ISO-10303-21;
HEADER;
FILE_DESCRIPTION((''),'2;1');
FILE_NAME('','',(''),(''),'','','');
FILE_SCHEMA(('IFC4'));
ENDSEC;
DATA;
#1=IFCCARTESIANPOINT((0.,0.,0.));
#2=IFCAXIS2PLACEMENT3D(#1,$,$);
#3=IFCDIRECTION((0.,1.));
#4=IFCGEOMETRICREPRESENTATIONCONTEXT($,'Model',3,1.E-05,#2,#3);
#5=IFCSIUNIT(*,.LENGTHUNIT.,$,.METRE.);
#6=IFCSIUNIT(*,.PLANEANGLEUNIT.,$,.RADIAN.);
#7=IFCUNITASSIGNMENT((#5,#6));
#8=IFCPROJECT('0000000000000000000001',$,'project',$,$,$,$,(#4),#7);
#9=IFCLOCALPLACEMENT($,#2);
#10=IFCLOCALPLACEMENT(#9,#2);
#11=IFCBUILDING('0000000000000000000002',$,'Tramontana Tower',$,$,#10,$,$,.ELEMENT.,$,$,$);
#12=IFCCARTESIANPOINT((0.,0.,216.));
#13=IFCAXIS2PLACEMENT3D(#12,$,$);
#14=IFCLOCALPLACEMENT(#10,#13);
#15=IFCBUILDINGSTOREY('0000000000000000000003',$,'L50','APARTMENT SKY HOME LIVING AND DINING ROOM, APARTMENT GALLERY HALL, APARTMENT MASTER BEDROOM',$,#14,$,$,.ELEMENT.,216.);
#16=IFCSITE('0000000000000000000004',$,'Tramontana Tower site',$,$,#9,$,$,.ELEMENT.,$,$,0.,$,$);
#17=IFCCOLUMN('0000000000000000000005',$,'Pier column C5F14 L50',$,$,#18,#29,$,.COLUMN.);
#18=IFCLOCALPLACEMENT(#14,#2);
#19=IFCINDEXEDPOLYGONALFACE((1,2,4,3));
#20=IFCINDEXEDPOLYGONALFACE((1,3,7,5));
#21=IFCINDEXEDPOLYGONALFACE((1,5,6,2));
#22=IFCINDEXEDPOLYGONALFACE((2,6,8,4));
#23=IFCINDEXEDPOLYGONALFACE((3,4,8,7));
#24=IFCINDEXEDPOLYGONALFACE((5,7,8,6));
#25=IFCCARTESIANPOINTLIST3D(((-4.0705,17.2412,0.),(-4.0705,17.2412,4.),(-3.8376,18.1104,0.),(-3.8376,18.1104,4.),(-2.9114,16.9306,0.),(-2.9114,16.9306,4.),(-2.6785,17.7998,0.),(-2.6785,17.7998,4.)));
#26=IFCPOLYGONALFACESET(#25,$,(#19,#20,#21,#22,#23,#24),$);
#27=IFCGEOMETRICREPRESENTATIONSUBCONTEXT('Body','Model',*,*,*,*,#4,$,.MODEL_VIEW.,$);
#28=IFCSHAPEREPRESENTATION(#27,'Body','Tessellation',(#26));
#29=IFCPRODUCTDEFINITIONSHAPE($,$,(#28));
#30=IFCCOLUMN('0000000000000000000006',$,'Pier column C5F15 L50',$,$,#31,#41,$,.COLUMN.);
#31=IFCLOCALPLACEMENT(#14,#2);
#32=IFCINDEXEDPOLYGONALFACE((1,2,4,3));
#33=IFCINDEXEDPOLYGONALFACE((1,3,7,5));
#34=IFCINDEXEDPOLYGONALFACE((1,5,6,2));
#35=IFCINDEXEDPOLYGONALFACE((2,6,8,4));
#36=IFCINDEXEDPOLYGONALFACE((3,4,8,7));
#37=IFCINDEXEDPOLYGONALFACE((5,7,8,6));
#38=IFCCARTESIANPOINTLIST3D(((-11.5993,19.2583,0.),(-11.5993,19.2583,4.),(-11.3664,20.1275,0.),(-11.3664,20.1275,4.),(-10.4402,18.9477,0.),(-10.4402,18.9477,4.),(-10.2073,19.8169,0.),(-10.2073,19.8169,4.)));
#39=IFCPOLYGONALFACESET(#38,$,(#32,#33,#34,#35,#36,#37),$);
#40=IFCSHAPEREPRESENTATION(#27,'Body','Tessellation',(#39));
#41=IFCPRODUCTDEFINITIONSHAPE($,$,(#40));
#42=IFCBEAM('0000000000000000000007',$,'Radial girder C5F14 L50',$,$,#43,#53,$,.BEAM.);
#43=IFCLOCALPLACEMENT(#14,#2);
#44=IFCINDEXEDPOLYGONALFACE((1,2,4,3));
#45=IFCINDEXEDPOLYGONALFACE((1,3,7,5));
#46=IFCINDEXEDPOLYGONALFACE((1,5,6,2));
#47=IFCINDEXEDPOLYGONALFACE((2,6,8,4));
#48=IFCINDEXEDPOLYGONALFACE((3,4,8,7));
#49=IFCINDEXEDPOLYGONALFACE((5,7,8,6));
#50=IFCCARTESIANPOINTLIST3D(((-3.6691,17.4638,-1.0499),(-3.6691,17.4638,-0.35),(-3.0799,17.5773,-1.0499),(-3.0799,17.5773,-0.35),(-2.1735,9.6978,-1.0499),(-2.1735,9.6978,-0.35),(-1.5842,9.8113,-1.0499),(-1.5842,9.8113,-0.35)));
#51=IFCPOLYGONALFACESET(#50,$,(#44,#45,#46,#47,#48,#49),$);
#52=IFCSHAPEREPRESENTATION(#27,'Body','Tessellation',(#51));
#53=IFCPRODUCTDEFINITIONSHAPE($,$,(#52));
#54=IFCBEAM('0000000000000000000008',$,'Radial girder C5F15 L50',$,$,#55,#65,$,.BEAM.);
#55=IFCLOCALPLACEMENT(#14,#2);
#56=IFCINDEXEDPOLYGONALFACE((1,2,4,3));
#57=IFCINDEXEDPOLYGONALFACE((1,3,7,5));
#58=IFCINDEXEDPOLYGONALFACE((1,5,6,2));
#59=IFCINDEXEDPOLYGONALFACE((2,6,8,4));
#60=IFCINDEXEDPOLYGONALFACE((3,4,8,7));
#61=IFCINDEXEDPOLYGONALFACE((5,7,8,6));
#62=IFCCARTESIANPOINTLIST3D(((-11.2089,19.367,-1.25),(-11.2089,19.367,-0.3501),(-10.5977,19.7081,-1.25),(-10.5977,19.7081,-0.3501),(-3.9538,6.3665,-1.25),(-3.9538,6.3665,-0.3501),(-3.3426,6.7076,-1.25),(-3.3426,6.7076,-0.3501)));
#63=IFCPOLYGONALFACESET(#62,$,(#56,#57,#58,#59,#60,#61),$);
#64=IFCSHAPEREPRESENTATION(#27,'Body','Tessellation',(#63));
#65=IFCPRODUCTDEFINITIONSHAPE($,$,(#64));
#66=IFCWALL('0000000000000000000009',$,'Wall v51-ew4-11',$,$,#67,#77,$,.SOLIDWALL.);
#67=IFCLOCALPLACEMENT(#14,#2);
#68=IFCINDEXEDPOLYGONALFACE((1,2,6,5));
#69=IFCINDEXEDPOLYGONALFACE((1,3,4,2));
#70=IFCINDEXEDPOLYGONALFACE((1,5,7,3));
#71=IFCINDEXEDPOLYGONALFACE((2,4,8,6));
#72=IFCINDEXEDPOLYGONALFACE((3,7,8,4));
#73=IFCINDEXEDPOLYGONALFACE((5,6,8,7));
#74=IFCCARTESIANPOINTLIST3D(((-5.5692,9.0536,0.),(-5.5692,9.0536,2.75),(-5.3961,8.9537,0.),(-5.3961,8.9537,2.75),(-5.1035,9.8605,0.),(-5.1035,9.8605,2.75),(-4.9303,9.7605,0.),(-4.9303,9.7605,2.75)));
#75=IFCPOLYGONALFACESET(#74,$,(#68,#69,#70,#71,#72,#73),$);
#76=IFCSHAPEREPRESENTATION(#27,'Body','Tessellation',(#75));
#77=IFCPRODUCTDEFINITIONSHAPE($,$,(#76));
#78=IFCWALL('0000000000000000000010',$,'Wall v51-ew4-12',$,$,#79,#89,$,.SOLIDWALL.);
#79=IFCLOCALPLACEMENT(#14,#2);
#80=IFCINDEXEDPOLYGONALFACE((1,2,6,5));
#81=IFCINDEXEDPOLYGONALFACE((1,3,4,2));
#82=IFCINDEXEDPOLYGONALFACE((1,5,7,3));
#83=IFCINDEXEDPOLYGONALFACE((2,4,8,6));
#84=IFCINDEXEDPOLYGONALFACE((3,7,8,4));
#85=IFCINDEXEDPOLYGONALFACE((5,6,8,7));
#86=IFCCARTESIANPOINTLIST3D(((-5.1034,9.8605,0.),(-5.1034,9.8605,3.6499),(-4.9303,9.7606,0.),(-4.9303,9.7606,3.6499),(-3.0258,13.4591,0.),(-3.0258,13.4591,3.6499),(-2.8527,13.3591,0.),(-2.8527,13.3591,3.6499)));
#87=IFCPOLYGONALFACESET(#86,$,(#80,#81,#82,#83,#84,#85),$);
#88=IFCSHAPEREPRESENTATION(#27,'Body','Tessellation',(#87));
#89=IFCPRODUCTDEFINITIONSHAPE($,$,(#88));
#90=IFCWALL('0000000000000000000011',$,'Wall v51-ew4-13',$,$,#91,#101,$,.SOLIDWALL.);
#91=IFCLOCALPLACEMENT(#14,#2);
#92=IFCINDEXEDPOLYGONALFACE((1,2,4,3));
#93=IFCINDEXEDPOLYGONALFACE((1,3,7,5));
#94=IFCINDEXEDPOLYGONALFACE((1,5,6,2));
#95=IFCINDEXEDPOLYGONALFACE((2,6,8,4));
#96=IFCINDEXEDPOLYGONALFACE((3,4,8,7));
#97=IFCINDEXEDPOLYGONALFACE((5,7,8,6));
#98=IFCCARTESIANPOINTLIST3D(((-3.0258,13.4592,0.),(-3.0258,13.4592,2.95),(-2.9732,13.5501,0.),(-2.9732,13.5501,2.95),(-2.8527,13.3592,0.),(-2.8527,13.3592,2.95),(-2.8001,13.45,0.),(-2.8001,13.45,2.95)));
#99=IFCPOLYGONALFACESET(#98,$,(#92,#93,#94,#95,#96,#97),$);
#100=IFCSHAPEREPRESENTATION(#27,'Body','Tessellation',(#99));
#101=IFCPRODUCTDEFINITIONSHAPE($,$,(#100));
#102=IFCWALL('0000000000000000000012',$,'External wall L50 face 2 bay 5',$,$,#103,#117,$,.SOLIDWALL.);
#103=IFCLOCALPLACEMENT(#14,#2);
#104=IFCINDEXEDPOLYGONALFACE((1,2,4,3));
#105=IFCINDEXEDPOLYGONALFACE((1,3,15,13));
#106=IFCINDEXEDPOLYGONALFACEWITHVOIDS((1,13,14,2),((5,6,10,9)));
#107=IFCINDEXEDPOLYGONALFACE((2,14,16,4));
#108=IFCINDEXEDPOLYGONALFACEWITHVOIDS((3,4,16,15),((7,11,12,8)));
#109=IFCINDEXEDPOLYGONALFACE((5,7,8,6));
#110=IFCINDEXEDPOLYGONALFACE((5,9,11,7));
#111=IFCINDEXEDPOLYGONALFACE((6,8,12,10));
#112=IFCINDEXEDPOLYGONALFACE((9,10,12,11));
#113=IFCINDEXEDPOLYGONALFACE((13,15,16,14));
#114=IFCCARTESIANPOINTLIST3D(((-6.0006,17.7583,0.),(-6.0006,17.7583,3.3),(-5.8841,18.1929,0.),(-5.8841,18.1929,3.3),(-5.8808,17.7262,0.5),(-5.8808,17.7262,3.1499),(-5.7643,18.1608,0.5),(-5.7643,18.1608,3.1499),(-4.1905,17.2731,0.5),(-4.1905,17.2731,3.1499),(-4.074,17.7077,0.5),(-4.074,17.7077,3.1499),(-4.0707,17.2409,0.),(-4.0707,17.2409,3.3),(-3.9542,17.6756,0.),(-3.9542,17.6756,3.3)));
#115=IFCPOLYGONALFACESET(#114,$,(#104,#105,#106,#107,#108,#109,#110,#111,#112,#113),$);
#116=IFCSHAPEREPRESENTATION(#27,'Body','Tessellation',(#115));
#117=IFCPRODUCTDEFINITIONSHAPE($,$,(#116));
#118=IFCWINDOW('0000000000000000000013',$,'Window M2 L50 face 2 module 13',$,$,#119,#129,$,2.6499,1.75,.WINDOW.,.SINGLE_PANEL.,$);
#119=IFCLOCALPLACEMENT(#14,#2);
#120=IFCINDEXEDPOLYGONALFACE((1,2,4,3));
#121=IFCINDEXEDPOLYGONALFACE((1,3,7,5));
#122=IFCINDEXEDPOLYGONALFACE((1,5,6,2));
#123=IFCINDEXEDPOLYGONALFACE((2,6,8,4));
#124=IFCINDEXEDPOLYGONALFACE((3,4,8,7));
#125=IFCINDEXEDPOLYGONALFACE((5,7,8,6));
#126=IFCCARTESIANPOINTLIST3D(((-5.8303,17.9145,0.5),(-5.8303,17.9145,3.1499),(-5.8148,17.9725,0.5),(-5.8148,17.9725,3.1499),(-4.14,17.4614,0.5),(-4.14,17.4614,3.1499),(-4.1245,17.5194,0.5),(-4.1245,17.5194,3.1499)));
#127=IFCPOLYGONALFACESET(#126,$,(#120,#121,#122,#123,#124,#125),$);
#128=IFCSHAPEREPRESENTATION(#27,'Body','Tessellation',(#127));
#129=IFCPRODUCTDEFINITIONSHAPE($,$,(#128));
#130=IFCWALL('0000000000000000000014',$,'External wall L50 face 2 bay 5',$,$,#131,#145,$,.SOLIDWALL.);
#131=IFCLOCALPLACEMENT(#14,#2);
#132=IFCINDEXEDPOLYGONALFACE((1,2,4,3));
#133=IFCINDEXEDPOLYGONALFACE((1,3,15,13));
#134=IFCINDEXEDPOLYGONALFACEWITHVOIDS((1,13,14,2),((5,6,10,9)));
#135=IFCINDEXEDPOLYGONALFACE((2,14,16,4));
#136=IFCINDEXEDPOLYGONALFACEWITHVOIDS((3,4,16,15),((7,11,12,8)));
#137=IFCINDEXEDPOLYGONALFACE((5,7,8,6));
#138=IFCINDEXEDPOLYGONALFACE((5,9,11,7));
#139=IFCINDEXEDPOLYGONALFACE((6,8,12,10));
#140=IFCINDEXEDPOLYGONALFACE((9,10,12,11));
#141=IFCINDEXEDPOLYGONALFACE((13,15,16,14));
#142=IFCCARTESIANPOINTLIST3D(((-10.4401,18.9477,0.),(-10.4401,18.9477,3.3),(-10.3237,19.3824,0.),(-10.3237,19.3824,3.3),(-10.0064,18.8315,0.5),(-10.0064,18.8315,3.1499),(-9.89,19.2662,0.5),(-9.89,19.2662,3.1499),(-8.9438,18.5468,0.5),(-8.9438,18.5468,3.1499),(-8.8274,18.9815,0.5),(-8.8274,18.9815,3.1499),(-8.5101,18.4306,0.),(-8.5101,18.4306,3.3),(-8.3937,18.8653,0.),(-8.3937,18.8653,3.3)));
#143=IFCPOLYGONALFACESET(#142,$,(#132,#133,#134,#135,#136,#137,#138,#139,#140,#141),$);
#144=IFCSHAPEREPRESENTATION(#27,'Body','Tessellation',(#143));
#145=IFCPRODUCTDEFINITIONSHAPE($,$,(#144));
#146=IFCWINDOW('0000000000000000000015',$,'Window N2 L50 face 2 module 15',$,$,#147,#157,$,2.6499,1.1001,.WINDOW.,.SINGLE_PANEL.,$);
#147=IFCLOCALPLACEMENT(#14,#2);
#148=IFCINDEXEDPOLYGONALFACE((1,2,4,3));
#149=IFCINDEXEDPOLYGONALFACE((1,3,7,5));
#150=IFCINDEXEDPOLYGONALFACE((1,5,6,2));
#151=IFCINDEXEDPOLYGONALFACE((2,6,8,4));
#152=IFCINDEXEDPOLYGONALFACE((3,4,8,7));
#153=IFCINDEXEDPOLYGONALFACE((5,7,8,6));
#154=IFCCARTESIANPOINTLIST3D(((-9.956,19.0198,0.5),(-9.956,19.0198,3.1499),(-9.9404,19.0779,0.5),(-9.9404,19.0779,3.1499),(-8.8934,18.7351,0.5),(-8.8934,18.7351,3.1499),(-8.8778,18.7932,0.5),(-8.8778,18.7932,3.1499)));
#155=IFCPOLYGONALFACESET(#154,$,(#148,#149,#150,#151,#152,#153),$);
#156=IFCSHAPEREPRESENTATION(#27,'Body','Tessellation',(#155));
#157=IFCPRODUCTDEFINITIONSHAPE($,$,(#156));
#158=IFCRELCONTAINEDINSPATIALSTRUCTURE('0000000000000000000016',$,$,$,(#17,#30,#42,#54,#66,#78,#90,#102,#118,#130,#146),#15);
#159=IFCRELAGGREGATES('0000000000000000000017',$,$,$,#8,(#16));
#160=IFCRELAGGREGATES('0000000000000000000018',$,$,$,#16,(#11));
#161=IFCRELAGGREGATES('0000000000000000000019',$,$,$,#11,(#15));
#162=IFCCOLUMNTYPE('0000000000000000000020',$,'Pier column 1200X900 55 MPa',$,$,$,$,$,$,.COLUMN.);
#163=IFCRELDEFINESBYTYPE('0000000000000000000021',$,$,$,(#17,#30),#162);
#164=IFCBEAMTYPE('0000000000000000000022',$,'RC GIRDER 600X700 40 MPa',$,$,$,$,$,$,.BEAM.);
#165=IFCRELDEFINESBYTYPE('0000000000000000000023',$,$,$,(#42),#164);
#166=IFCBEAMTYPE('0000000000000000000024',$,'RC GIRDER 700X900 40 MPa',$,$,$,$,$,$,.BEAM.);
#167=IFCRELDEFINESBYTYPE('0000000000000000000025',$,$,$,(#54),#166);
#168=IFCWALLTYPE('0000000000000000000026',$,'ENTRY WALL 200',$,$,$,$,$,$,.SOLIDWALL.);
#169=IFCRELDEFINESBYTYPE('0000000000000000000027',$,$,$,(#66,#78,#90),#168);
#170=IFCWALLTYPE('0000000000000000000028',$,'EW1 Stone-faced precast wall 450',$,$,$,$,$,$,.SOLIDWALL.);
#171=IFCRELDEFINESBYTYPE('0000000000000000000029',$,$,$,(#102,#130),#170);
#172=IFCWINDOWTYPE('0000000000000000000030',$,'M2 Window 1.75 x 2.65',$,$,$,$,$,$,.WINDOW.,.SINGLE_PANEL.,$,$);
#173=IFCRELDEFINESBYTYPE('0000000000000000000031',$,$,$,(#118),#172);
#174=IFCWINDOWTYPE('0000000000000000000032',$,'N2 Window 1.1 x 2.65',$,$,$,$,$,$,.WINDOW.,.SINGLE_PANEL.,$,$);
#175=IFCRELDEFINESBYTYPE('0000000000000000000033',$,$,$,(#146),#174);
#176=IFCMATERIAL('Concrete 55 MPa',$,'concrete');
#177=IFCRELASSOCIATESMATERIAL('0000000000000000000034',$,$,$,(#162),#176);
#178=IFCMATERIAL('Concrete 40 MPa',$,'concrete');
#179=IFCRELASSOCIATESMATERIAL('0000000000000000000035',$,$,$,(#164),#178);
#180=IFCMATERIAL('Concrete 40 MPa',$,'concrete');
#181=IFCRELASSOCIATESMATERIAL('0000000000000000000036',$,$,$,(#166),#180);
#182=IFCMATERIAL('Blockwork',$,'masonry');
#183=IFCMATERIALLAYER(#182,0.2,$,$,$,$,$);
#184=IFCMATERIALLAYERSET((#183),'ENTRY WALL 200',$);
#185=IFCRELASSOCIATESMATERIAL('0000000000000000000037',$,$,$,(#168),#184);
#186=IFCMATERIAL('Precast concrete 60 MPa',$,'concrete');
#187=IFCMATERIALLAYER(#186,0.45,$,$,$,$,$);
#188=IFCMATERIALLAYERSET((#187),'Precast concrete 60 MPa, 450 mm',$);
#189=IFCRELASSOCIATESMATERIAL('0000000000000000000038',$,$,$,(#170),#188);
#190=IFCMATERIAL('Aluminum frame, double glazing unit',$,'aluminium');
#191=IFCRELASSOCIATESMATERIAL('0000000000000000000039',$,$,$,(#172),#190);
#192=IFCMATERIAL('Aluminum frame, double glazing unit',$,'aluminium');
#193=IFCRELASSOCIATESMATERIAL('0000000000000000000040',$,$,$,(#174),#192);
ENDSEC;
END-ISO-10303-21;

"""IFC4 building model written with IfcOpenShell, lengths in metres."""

from ifc_helpers import new_model, si_unit, direction, frame, frame_2d, origin, origin_2d, place, context, subcontext, project, spatial, rectangle, extrude, material, layer, layer_set, material_profile, profile_set, type_object, element, fill, save


model = new_model("IFC4")

# Units and contexts
model_context = context("Model", 3, precision=1e-05, world=origin(), true_north=direction((0.0, 1.0)))
body_context = subcontext(model_context, "Body", "Model", "MODEL_VIEW")
ifc_project = project(units=[si_unit("LENGTHUNIT", "METRE"), si_unit("PLANEANGLEUNIT", "RADIAN")], contexts=[model_context])

# Site, building, storey
site_placement = place(None, origin())
site = spatial("IfcSite", under=ifc_project, at=site_placement, Name="Tramontana Tower site", CompositionType="ELEMENT", RefElevation=0.0)
building_placement = place(site_placement, origin())
building = spatial("IfcBuilding", under=site, at=building_placement, Name="Tramontana Tower", CompositionType="ELEMENT")
storey_placement = place(building_placement, frame((0.0, 0.0, 216.0)))
storey = spatial("IfcBuildingStorey", under=building, at=storey_placement, Name="L50", Description="APARTMENT SKY HOME LIVING AND DINING ROOM, APARTMENT GALLERY HALL, APARTMENT MASTER BEDROOM", CompositionType="ELEMENT", Elevation=216.0)

# Columns
ifc_material_1 = material(Name="Concrete 55 MPa", Category="concrete")
ifc_material_profile_1 = material_profile(ifc_material_1, rectangle(XDim=1.2, YDim=0.8999, at=origin_2d()), Name="Pier column 1200X900 55 MPa")
ifc_profile_set_1 = profile_set([ifc_material_profile_1], Name="Concrete 55 MPa")
column_type = type_object("IfcColumnType", Name="Pier column 1200X900 55 MPa", PredefinedType="COLUMN", material=ifc_profile_set_1)
for number, where, z_axis, x_axis, name in (
    (1, (-3.3745, 17.5205, 0.0), (0.0, 0.0, 1.0), (-0.965926, 0.258819, 0.0), "Pier column C5F14 L50"),
    (2, (-10.9033, 19.5376, 0.0), (0.0, 0.0, 1.0), (-0.965926, 0.258819, 0.0), "Pier column C5F15 L50"),
):
    element("IfcColumn", number, at=place(storey_placement, frame(where, z_axis=z_axis, x_axis=x_axis)), inside=storey, type_object=column_type, Name=name, PredefinedType="COLUMN", context=body_context, shape_type="SweptSolid", body=[
        extrude(rectangle(XDim=1.2, YDim=0.8999, at=origin_2d()), origin(), (0.0, 0.0, 1.0), 4.0),
    ])

# Beams
ifc_material_2 = material(Name="Concrete 40 MPa", Category="concrete")
ifc_material_profile_2 = material_profile(ifc_material_2, rectangle(XDim=0.6001, YDim=0.7, at=origin_2d()), Name="RC GIRDER 600X700 40 MPa")
ifc_profile_set_2 = profile_set([ifc_material_profile_2], Name="Concrete 40 MPa")
beam_type_1 = type_object("IfcBeamType", Name="RC GIRDER 600X700 40 MPa", PredefinedType="BEAM", material=ifc_profile_set_2)
beam_1_placement = place(storey_placement, frame((-3.3745, 17.5205, -0.7), z_axis=(0.189112, -0.981956, 0.0), x_axis=(0.981956, 0.189112, 0.0)))
element("IfcBeam", 3, at=beam_1_placement, inside=storey, type_object=beam_type_1, Name="Radial girder C5F14 L50", PredefinedType="BEAM", context=body_context, shape_type="SweptSolid", body=[
    extrude(rectangle(XDim=0.6001, YDim=0.7, at=origin_2d()), origin(), (0.0, 0.0, 1.0), 7.9087),
])
ifc_material_3 = material(Name="Concrete 40 MPa", Category="concrete")
ifc_material_profile_3 = material_profile(ifc_material_3, rectangle(XDim=0.7, YDim=0.8999, at=origin_2d()), Name="RC GIRDER 700X900 40 MPa")
ifc_profile_set_3 = profile_set([ifc_material_profile_3], Name="Concrete 40 MPa")
beam_type_2 = type_object("IfcBeamType", Name="RC GIRDER 700X900 40 MPa", PredefinedType="BEAM", material=ifc_profile_set_3)
beam_2_placement = place(storey_placement, frame((-10.9033, 19.5376, -0.8), z_axis=(0.487317, -0.873225, 0.0), x_axis=(0.873225, 0.487317, 0.0)))
element("IfcBeam", 4, at=beam_2_placement, inside=storey, type_object=beam_type_2, Name="Radial girder C5F15 L50", PredefinedType="BEAM", context=body_context, shape_type="SweptSolid", body=[
    extrude(rectangle(XDim=0.7, YDim=0.8999, at=origin_2d()), origin(), (0.0, 0.0, 1.0), 14.8879),
])

# Walls
ifc_material_4 = material(Name="Blockwork", Category="masonry")
ifc_layer_1 = layer(ifc_material_4, 0.2)
ifc_layer_set_1 = layer_set([ifc_layer_1], Name="ENTRY WALL 200")
wall_type_1 = type_object("IfcWallType", Name="ENTRY WALL 200", PredefinedType="SOLIDWALL", material=ifc_layer_set_1)
wall_1_placement = place(storey_placement, frame((-5.4827, 9.0037, 0.0), z_axis=(0.0, 0.0, 1.0), x_axis=(0.499972, 0.866042, 0.0)))
element("IfcWall", 5, at=wall_1_placement, inside=storey, type_object=wall_type_1, Name="Wall v51-ew4-11", PredefinedType="SOLIDWALL", context=body_context, shape_type="SweptSolid", body=[
    extrude(rectangle(XDim=0.9316, YDim=0.2, at=frame_2d((0.4658, 0.0))), origin(), (0.0, 0.0, 1.0), 2.75),
])
wall_2_placement = place(storey_placement, frame((-5.0168, 9.8105, 0.0), z_axis=(0.0, 0.0, 1.0), x_axis=(0.499994, 0.866029, 0.0)))
element("IfcWall", 6, at=wall_2_placement, inside=storey, type_object=wall_type_1, Name="Wall v51-ew4-12", PredefinedType="SOLIDWALL", context=body_context, shape_type="SweptSolid", body=[
    extrude(rectangle(XDim=4.1553, YDim=0.2, at=frame_2d((2.0776, 0.0))), origin(), (0.0, 0.0, 1.0), 3.6499),
])
wall_3_placement = place(storey_placement, frame((-2.9392, 13.4092, 0.0), z_axis=(0.0, 0.0, 1.0), x_axis=(0.500394, 0.865798, 0.0)))
element("IfcWall", 7, at=wall_3_placement, inside=storey, type_object=wall_type_1, Name="Wall v51-ew4-13", PredefinedType="SOLIDWALL", context=body_context, shape_type="SweptSolid", body=[
    extrude(rectangle(XDim=0.105, YDim=0.2, at=frame_2d((0.0525, 0.0))), origin(), (0.0, 0.0, 1.0), 2.95),
])

# Walls, openings, windows
ifc_material_5 = material(Name="Precast concrete 60 MPa", Category="concrete")
ifc_layer_2 = layer(ifc_material_5, 0.45)
ifc_layer_set_2 = layer_set([ifc_layer_2], Name="Precast concrete 60 MPa, 450 mm")
wall_type_2 = type_object("IfcWallType", Name="EW1 Stone-faced precast wall 450", PredefinedType="SOLIDWALL", material=ifc_layer_set_2)
wall_4_placement = place(storey_placement, frame((-4.0125, 17.4583, 0.0), z_axis=(0.0, 0.0, 1.0), x_axis=(-0.9659, 0.258917, 0.0)))
wall_4 = element("IfcWall", 8, at=wall_4_placement, inside=storey, type_object=wall_type_2, Name="External wall L50 face 2 bay 5", PredefinedType="SOLIDWALL", context=body_context, shape_type="SweptSolid", body=[
    extrude(rectangle(XDim=1.998, YDim=0.45, at=frame_2d((0.999, 0.0))), origin(), (0.0, 0.0, 1.0), 3.3),
])
opening_1_placement = place(wall_4_placement, frame((0.124, 0.0, 0.5)))
opening_1 = element("IfcOpeningElement", 9, at=opening_1_placement, cuts=wall_4, PredefinedType="OPENING", context=body_context, shape_type="SweptSolid", body=[
    extrude(rectangle(XDim=1.75, YDim=2.6499, at=frame_2d((0.875, 1.325))), frame((0.0, 0.2349, 0.0), z_axis=(0.0, -1.0, 0.0), x_axis=(1.0, 0.0, 0.0)), (0.0, 0.0, 1.0), 0.47),
])
ifc_material_6 = material(Name="Aluminum frame, double glazing unit", Category="aluminium")
window_type_1 = type_object("IfcWindowType", Name="M2 Window 1.75 x 2.65", PartitioningType="SINGLE_PANEL", PredefinedType="WINDOW", material=ifc_material_6)
window_1_placement = place(opening_1_placement, origin())
window_1 = element("IfcWindow", 10, at=window_1_placement, inside=storey, type_object=window_type_1, Name="Window M2 L50 face 2 module 13", OverallHeight=2.6499, OverallWidth=1.75, PartitioningType="SINGLE_PANEL", PredefinedType="WINDOW", context=body_context, shape_type="SweptSolid", body=[
    extrude(rectangle(XDim=1.75, YDim=2.6499, at=frame_2d((0.875, 1.325))), frame((0.0, 0.03, 0.0), z_axis=(0.0, -1.0, 0.0), x_axis=(1.0, 0.0, 0.0)), (0.0, 0.0, 1.0), 0.0601),
])
fill(opening_1, window_1)
wall_5_placement = place(storey_placement, frame((-8.4519, 18.6479, 0.0), z_axis=(0.0, 0.0, 1.0), x_axis=(-0.96593, 0.258803, 0.0)))
wall_5 = element("IfcWall", 11, at=wall_5_placement, inside=storey, type_object=wall_type_2, Name="External wall L50 face 2 bay 5", PredefinedType="SOLIDWALL", context=body_context, shape_type="SweptSolid", body=[
    extrude(rectangle(XDim=1.998, YDim=0.45, at=frame_2d((0.999, 0.0))), origin(), (0.0, 0.0, 1.0), 3.3),
])
opening_2_placement = place(wall_5_placement, frame((0.449, 0.0, 0.5)))
opening_2 = element("IfcOpeningElement", 12, at=opening_2_placement, cuts=wall_5, PredefinedType="OPENING", context=body_context, shape_type="SweptSolid", body=[
    extrude(rectangle(XDim=1.1001, YDim=2.6499, at=frame_2d((0.55, 1.325))), frame((0.0, 0.2349, 0.0), z_axis=(0.0, -1.0, 0.0), x_axis=(1.0, 0.0, 0.0)), (0.0, 0.0, 1.0), 0.47),
])
ifc_material_7 = material(Name="Aluminum frame, double glazing unit", Category="aluminium")
window_type_2 = type_object("IfcWindowType", Name="N2 Window 1.1 x 2.65", PartitioningType="SINGLE_PANEL", PredefinedType="WINDOW", material=ifc_material_7)
window_2_placement = place(opening_2_placement, origin())
window_2 = element("IfcWindow", 13, at=window_2_placement, inside=storey, type_object=window_type_2, Name="Window N2 L50 face 2 module 15", OverallHeight=2.6499, OverallWidth=1.1001, PartitioningType="SINGLE_PANEL", PredefinedType="WINDOW", context=body_context, shape_type="SweptSolid", body=[
    extrude(rectangle(XDim=1.1001, YDim=2.6499, at=frame_2d((0.55, 1.325))), frame((0.0, 0.03, 0.0), z_axis=(0.0, -1.0, 0.0), x_axis=(1.0, 0.0, 0.0)), (0.0, 0.0, 1.0), 0.0601),
])
fill(opening_2, window_2)

save(model, "model.ifc")
